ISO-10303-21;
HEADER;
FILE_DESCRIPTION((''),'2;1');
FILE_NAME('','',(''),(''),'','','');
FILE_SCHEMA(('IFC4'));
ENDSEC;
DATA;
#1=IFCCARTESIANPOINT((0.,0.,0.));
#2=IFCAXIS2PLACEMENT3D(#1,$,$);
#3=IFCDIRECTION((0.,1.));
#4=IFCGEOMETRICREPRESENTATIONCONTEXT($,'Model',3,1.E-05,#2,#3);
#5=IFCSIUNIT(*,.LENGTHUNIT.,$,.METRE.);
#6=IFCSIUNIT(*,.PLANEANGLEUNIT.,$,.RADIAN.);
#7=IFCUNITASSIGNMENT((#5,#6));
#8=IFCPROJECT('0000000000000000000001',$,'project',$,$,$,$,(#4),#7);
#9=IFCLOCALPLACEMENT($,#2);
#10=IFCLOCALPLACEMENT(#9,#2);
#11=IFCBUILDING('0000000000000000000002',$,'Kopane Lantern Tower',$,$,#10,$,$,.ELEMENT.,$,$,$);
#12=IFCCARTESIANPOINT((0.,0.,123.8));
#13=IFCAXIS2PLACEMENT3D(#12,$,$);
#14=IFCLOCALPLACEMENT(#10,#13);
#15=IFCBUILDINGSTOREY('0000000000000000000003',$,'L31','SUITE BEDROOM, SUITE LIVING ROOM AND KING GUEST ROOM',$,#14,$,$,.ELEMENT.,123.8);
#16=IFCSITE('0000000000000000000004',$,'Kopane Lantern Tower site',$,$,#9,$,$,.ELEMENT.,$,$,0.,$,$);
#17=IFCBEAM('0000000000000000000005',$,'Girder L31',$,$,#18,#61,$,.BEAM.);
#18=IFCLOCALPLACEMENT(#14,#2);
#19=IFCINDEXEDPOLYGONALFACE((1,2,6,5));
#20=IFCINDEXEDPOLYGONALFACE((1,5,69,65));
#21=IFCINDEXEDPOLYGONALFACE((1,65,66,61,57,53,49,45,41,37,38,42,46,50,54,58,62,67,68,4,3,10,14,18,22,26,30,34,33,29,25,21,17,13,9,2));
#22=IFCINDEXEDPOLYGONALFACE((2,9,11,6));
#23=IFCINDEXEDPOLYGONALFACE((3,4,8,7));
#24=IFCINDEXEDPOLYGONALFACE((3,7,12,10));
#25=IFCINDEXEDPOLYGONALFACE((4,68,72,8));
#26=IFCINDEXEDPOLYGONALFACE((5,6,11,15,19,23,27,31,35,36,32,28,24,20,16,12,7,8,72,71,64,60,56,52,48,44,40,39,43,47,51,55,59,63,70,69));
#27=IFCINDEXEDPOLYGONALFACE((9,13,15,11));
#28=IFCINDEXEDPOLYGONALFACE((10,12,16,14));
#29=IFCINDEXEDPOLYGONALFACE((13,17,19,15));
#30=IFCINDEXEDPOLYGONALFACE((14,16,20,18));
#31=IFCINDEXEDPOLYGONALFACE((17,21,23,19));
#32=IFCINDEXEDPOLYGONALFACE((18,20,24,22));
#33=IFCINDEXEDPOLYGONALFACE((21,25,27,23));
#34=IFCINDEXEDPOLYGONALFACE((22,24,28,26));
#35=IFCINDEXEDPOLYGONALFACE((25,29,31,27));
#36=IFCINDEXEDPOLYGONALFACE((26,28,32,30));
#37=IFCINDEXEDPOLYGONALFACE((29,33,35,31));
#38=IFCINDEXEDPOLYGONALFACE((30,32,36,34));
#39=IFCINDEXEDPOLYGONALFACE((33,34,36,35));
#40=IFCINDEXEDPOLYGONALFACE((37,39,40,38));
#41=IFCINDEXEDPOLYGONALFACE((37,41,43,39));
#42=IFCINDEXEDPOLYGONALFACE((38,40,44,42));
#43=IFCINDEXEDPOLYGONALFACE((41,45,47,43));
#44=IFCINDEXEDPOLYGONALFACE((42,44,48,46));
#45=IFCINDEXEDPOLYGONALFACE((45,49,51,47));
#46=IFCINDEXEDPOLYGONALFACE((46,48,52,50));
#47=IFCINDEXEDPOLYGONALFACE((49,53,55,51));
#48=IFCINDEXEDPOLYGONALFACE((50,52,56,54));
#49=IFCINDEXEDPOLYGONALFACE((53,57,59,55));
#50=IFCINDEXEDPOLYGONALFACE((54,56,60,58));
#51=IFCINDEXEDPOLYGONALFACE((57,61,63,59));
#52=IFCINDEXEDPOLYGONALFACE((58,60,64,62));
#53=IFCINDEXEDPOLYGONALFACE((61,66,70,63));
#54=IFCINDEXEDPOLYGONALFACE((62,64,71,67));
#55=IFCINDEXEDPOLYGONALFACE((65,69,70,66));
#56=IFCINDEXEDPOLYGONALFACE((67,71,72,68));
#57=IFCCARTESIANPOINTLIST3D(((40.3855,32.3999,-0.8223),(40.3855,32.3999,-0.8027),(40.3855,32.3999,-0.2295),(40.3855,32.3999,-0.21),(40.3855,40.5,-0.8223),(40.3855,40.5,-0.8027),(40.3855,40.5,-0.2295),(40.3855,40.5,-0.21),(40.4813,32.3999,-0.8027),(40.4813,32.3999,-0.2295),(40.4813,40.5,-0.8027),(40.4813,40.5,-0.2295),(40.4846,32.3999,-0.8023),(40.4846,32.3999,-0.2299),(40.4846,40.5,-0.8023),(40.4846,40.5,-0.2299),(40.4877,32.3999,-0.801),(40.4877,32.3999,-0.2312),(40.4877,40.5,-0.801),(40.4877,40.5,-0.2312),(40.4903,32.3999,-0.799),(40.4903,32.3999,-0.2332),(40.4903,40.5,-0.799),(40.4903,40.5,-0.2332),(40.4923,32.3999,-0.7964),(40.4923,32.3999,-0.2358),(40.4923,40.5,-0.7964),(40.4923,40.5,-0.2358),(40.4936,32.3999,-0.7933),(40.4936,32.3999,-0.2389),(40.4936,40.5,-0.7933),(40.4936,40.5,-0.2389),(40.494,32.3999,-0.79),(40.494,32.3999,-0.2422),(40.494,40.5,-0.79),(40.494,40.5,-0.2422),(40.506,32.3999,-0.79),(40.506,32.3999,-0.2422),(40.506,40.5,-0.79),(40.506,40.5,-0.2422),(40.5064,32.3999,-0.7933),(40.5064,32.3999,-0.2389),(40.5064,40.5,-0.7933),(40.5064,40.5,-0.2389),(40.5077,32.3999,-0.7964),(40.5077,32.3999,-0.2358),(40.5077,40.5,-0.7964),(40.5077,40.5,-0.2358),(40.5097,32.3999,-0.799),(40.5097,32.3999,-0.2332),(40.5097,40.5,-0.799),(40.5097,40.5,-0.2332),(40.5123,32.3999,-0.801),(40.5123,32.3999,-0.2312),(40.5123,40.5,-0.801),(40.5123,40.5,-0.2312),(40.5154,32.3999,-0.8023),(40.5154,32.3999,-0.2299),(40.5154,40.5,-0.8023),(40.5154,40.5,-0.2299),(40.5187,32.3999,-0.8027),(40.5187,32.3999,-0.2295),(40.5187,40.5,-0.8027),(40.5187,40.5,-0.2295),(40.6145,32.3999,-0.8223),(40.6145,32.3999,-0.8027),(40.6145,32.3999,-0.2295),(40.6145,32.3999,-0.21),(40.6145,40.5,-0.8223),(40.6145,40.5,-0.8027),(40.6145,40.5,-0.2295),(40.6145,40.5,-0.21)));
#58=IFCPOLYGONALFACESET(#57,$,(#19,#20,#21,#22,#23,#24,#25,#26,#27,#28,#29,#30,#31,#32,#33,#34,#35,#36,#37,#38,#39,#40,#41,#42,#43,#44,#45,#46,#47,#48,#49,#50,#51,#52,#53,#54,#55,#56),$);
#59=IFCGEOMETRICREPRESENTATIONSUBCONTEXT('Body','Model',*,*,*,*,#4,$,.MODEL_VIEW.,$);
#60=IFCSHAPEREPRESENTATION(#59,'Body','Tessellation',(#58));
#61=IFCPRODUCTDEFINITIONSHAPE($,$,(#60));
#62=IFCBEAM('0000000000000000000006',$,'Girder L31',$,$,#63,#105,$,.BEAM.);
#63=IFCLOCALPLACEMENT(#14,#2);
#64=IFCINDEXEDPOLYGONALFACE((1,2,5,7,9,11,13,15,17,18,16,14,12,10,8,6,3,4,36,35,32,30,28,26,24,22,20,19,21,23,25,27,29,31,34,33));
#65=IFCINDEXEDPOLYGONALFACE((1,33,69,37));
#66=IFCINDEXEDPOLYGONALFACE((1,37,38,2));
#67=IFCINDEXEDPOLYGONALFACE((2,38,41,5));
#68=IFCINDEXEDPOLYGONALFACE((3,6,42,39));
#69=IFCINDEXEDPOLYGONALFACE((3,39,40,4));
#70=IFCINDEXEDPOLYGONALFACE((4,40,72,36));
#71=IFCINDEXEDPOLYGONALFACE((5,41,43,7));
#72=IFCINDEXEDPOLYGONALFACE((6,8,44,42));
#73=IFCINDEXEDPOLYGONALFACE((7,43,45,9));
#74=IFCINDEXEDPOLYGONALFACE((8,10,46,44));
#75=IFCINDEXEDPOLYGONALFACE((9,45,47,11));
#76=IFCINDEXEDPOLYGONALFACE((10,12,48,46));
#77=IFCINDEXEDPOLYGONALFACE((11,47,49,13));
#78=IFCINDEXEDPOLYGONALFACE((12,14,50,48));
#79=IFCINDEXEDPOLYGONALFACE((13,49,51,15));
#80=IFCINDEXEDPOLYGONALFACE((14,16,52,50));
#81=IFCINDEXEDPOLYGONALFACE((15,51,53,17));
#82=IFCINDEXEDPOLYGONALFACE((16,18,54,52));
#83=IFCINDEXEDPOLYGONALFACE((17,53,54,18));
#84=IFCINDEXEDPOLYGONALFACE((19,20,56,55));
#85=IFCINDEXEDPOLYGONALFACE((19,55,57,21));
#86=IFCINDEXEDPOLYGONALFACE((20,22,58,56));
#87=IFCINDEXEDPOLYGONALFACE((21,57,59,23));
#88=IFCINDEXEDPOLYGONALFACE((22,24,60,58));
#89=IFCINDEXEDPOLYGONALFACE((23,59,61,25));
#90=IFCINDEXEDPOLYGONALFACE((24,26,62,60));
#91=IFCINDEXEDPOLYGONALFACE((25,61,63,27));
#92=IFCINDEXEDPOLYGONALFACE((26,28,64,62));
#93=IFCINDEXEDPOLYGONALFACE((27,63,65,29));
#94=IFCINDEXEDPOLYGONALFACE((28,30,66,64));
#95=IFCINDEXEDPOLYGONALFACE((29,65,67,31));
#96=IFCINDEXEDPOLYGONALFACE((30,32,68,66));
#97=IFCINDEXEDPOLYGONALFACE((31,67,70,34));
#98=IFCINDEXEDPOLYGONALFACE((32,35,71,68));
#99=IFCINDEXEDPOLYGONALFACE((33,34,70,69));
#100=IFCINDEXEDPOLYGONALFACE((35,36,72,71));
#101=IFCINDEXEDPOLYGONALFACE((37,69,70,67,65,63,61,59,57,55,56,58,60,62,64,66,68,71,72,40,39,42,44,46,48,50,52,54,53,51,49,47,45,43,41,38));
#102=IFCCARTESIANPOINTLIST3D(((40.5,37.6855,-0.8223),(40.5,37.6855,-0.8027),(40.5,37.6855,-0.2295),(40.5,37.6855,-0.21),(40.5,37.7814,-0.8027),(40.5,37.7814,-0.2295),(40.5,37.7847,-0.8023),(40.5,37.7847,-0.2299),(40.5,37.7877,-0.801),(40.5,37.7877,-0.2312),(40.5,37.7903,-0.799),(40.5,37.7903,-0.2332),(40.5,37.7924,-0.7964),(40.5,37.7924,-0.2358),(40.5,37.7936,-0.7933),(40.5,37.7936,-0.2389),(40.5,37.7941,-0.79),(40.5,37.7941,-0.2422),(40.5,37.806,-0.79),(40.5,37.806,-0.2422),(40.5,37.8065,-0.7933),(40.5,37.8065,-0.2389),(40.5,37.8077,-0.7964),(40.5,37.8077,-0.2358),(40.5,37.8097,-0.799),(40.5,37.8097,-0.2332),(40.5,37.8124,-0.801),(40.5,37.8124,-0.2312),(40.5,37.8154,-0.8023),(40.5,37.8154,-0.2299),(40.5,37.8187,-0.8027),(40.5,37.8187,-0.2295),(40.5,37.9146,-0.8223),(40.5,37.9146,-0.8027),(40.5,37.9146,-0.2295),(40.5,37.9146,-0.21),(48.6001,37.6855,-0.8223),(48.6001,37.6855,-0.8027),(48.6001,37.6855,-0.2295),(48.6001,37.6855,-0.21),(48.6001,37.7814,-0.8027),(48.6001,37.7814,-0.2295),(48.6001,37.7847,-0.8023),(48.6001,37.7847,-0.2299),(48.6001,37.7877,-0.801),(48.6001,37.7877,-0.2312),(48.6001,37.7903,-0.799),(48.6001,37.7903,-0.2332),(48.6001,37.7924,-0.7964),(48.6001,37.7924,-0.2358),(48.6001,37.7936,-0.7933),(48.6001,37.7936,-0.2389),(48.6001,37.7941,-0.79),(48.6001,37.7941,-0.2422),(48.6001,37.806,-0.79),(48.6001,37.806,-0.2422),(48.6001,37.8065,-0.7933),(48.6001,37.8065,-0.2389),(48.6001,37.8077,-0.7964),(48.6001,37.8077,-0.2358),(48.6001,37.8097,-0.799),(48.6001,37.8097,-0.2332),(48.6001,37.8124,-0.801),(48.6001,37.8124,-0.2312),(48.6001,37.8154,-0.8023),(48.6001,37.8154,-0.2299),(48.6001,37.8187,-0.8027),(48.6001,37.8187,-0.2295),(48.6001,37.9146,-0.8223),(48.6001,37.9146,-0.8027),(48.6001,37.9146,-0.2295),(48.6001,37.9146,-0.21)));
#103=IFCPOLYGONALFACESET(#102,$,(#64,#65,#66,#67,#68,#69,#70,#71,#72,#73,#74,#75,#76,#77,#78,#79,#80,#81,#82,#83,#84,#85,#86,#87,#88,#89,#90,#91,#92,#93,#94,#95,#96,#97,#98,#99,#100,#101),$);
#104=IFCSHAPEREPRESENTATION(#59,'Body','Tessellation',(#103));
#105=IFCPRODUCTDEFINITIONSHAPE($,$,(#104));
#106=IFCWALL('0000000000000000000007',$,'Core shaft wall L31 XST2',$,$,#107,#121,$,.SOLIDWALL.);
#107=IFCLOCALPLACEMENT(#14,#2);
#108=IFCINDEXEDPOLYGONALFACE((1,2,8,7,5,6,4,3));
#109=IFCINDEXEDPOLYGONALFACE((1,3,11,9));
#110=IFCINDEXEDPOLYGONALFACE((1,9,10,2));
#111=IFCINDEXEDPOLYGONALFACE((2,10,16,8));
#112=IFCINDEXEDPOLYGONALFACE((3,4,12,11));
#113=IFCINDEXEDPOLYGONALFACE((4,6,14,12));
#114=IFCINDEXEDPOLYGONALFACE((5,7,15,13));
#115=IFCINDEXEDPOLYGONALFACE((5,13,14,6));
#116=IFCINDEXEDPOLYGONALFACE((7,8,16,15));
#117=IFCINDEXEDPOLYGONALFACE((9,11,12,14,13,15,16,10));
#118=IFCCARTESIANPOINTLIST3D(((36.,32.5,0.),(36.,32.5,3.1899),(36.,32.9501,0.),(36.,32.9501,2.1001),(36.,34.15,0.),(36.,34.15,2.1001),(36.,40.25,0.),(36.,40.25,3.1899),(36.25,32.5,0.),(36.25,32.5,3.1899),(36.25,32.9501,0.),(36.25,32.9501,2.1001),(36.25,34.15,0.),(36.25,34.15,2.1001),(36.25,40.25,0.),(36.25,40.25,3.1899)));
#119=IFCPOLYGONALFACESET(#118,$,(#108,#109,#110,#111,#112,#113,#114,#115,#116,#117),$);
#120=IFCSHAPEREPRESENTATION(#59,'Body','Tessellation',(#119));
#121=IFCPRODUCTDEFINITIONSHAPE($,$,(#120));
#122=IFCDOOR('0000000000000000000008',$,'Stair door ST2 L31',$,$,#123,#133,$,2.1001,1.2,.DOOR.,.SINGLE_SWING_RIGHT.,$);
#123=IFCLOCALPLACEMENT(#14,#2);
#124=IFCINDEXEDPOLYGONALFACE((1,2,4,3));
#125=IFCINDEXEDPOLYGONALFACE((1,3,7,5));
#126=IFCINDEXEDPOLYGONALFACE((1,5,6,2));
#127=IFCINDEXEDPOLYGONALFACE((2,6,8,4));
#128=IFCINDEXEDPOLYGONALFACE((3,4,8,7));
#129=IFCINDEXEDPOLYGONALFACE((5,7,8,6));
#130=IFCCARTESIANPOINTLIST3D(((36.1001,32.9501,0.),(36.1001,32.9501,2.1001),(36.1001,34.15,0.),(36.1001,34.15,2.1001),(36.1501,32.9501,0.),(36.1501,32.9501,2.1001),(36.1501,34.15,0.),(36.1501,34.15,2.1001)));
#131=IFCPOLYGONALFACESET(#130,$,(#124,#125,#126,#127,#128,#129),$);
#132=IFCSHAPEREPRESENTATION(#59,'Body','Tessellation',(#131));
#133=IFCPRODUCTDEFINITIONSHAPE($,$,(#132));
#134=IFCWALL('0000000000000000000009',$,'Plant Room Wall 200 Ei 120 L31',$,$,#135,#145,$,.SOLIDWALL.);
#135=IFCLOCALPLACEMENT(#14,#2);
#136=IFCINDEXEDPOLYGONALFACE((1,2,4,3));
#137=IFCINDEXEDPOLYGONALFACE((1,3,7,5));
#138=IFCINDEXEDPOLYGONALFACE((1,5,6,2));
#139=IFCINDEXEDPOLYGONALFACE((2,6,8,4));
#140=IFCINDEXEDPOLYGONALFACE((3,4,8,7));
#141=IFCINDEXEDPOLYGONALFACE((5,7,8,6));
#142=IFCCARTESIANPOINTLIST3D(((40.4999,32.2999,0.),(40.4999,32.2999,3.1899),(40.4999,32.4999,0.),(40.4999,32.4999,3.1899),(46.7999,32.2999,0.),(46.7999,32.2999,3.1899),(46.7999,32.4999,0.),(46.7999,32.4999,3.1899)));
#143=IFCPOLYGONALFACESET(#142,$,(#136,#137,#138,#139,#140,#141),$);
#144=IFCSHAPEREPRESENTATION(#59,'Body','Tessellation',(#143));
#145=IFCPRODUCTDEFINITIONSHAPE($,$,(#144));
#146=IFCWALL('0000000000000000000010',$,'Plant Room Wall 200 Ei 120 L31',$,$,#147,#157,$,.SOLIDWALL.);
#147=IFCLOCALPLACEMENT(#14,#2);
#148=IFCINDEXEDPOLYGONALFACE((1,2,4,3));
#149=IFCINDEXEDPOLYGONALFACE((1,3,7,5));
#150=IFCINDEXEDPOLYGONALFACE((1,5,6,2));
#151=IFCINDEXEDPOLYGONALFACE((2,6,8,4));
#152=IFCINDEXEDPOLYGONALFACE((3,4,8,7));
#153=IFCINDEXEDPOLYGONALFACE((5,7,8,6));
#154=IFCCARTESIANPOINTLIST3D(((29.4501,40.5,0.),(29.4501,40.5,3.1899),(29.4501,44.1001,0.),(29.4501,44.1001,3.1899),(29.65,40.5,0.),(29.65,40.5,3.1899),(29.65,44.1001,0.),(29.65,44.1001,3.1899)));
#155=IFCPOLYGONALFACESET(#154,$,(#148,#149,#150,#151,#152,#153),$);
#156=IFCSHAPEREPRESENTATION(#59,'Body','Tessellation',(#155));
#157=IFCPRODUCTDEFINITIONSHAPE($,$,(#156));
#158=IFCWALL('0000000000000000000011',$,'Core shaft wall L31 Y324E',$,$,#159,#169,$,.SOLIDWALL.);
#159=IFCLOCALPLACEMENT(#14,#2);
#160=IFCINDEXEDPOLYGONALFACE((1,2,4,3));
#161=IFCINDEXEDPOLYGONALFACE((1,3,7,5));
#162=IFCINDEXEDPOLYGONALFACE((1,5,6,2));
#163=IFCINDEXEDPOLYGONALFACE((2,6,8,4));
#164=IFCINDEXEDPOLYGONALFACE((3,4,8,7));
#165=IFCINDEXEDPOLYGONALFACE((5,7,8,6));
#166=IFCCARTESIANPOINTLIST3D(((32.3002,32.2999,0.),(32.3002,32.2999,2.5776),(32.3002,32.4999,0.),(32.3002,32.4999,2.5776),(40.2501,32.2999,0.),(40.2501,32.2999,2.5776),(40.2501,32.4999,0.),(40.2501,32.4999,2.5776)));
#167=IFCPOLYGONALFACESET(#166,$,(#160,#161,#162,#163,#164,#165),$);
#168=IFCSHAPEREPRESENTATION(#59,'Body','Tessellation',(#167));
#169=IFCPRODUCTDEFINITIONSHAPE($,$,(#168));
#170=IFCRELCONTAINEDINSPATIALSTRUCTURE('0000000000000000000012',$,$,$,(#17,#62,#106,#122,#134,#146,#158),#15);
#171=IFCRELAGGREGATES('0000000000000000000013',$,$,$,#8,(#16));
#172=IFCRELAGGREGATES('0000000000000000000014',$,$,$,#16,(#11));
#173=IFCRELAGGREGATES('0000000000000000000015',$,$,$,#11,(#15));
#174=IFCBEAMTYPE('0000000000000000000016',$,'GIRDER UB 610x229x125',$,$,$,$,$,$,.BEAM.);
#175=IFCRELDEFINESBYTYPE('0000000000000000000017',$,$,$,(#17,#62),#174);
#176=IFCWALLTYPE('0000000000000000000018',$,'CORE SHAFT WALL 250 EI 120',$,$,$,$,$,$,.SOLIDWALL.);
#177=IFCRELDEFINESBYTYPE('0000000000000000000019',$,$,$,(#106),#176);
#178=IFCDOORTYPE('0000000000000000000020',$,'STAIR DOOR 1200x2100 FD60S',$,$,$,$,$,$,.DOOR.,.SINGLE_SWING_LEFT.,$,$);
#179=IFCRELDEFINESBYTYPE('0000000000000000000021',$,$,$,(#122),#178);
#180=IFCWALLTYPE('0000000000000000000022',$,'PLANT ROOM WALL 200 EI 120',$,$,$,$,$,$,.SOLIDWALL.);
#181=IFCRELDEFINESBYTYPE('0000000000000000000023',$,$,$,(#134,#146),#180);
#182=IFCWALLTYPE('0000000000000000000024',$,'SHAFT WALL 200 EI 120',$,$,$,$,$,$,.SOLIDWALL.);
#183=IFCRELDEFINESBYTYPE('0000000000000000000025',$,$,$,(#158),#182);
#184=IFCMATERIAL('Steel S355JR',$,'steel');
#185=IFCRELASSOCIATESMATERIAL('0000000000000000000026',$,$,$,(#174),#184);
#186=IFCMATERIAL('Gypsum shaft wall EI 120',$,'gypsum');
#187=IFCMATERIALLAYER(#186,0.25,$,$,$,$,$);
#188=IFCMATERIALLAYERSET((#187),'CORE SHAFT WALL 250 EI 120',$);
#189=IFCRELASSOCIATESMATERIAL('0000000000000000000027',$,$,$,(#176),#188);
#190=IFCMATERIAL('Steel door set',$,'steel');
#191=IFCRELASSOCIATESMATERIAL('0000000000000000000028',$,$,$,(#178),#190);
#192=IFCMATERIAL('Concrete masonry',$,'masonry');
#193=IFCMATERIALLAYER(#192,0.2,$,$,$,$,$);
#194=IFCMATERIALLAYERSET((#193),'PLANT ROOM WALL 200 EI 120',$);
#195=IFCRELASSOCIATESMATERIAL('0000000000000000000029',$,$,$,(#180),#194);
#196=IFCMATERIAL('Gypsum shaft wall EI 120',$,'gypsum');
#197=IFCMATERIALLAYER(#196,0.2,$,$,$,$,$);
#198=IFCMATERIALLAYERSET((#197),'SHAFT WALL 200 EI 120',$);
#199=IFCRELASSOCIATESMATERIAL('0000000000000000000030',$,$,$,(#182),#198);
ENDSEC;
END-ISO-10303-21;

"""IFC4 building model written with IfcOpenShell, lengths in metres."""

from ifc_helpers import new_model, si_unit, direction, frame, frame_2d, origin, origin_2d, place, context, subcontext, project, spatial, rectangle, i_section, extrude, material, layer, layer_set, material_profile, profile_set, type_object, element, fill, save


model = new_model("IFC4")

# Units and contexts
model_context = context("Model", 3, precision=1e-05, world=origin(), true_north=direction((0.0, 1.0)))
body_context = subcontext(model_context, "Body", "Model", "MODEL_VIEW")
ifc_project = project(units=[si_unit("LENGTHUNIT", "METRE"), si_unit("PLANEANGLEUNIT", "RADIAN")], contexts=[model_context])

# Site, building, storey
site_placement = place(None, origin())
site = spatial("IfcSite", under=ifc_project, at=site_placement, Name="Kopane Lantern Tower site", CompositionType="ELEMENT", RefElevation=0.0)
building_placement = place(site_placement, origin())
building = spatial("IfcBuilding", under=site, at=building_placement, Name="Kopane Lantern Tower", CompositionType="ELEMENT")
storey_placement = place(building_placement, frame((0.0, 0.0, 123.8)))
storey = spatial("IfcBuildingStorey", under=building, at=storey_placement, Name="L31", Description="SUITE BEDROOM, SUITE LIVING ROOM AND KING GUEST ROOM", CompositionType="ELEMENT", Elevation=123.8)

# Beams
ifc_material_1 = material(Name="Steel S355JR", Category="steel")
ifc_material_profile_1 = material_profile(ifc_material_1, i_section(OverallWidth=0.229, OverallDepth=0.6123, WebThickness=0.012, FlangeThickness=0.0195, FilletRadius=0.0127, at=origin_2d()), Name="UB 610x229x125")
ifc_profile_set_1 = profile_set([ifc_material_profile_1], Name="Steel S355JR")
beam_type_1 = type_object("IfcBeamType", Name="GIRDER UB 610x229x125", PredefinedType="BEAM", material=ifc_profile_set_1)
for number, where, z_axis, x_axis, name in (
    (1, (40.5, 32.3999, -0.5161), (0.0, 1.0, 0.0), (-1.0, 0.0, 0.0), "Girder L31"),
    (2, (40.5, 37.8, -0.5161), (1.0, 0.0, 0.0), (0.0, 1.0, 0.0), "Girder L31"),
):
    element("IfcBeam", number, at=place(storey_placement, frame(where, z_axis=z_axis, x_axis=x_axis)), inside=storey, type_object=beam_type_1, Name=name, PredefinedType="BEAM", context=body_context, shape_type="SweptSolid", body=[
        extrude(i_section(OverallWidth=0.229, OverallDepth=0.6123, WebThickness=0.012, FlangeThickness=0.0195, FilletRadius=0.0127, at=origin_2d()), origin(), (0.0, 0.0, 1.0), 8.1001),
    ])

# Wall, opening, door
ifc_material_2 = material(Name="Gypsum shaft wall EI 120", Category="gypsum")
ifc_layer_1 = layer(ifc_material_2, 0.25)
ifc_layer_set_1 = layer_set([ifc_layer_1], Name="CORE SHAFT WALL 250 EI 120")
wall_type_1 = type_object("IfcWallType", Name="CORE SHAFT WALL 250 EI 120", PredefinedType="SOLIDWALL", material=ifc_layer_set_1)
wall_1_placement = place(storey_placement, frame((36.125, 32.5, 0.0), z_axis=(0.0, 0.0, 1.0), x_axis=(0.0, 1.0, 0.0)))
wall_1 = element("IfcWall", 3, at=wall_1_placement, inside=storey, type_object=wall_type_1, Name="Core shaft wall L31 XST2", PredefinedType="SOLIDWALL", context=body_context, shape_type="SweptSolid", body=[
    extrude(rectangle(XDim=7.75, YDim=0.25, at=frame_2d((3.875, 0.0))), origin(), (0.0, 0.0, 1.0), 3.1899),
])
opening_1_placement = place(wall_1_placement, frame((0.45, 0.0, 0.0)))
opening_1 = element("IfcOpeningElement", 4, at=opening_1_placement, cuts=wall_1, PredefinedType="OPENING", context=body_context, shape_type="SweptSolid", body=[
    extrude(rectangle(XDim=1.2, YDim=2.1001, at=frame_2d((0.6001, 1.05))), frame((0.0, 0.135, 0.0), z_axis=(0.0, -1.0, 0.0), x_axis=(1.0, 0.0, 0.0)), (0.0, 0.0, 1.0), 0.27),
])
ifc_material_3 = material(Name="Steel door set", Category="steel")
door_type_1 = type_object("IfcDoorType", Name="STAIR DOOR 1200x2100 FD60S", OperationType="SINGLE_SWING_LEFT", PredefinedType="DOOR", material=ifc_material_3)
door_1_placement = place(opening_1_placement, origin())
door_1 = element("IfcDoor", 5, at=door_1_placement, inside=storey, type_object=door_type_1, Name="Stair door ST2 L31", OperationType="SINGLE_SWING_RIGHT", OverallHeight=2.1001, OverallWidth=1.2, PredefinedType="DOOR", context=body_context, shape_type="SweptSolid", body=[
    extrude(rectangle(XDim=1.2, YDim=2.1001, at=frame_2d((0.6001, 1.05))), frame((0.0, 0.0249, 0.0), z_axis=(0.0, -1.0, 0.0), x_axis=(1.0, 0.0, 0.0)), (0.0, 0.0, 1.0), 0.05),
])
fill(opening_1, door_1)

# Walls
ifc_material_4 = material(Name="Concrete masonry", Category="masonry")
ifc_layer_2 = layer(ifc_material_4, 0.2)
ifc_layer_set_2 = layer_set([ifc_layer_2], Name="PLANT ROOM WALL 200 EI 120")
wall_type_2 = type_object("IfcWallType", Name="PLANT ROOM WALL 200 EI 120", PredefinedType="SOLIDWALL", material=ifc_layer_set_2)
wall_2_placement = place(storey_placement, frame((40.5, 32.3999, 0.0), z_axis=(0.0, 0.0, 1.0), x_axis=(1.0, 0.0, 0.0)))
element("IfcWall", 6, at=wall_2_placement, inside=storey, type_object=wall_type_2, Name="Plant Room Wall 200 Ei 120 L31", PredefinedType="SOLIDWALL", context=body_context, shape_type="SweptSolid", body=[
    extrude(rectangle(XDim=6.3, YDim=0.2, at=frame_2d((3.1499, 0.0))), origin(), (0.0, 0.0, 1.0), 3.1899),
])
wall_3_placement = place(storey_placement, frame((29.55, 40.5, 0.0), z_axis=(0.0, 0.0, 1.0), x_axis=(0.0, 1.0, 0.0)))
element("IfcWall", 7, at=wall_3_placement, inside=storey, type_object=wall_type_2, Name="Plant Room Wall 200 Ei 120 L31", PredefinedType="SOLIDWALL", context=body_context, shape_type="SweptSolid", body=[
    extrude(rectangle(XDim=3.6001, YDim=0.2, at=frame_2d((1.8, 0.0))), origin(), (0.0, 0.0, 1.0), 3.1899),
])
ifc_material_5 = material(Name="Gypsum shaft wall EI 120", Category="gypsum")
ifc_layer_3 = layer(ifc_material_5, 0.2)
ifc_layer_set_3 = layer_set([ifc_layer_3], Name="SHAFT WALL 200 EI 120")
wall_type_3 = type_object("IfcWallType", Name="SHAFT WALL 200 EI 120", PredefinedType="SOLIDWALL", material=ifc_layer_set_3)
wall_4_placement = place(storey_placement, frame((32.3, 32.3999, 0.0), z_axis=(0.0, 0.0, 1.0), x_axis=(1.0, 0.0, 0.0)))
element("IfcWall", 8, at=wall_4_placement, inside=storey, type_object=wall_type_3, Name="Core shaft wall L31 Y324E", PredefinedType="SOLIDWALL", context=body_context, shape_type="SweptSolid", body=[
    extrude(rectangle(XDim=7.95, YDim=0.2, at=frame_2d((3.9751, 0.0))), origin(), (0.0, 0.0, 1.0), 2.5776),
])

save(model, "model.ifc")
